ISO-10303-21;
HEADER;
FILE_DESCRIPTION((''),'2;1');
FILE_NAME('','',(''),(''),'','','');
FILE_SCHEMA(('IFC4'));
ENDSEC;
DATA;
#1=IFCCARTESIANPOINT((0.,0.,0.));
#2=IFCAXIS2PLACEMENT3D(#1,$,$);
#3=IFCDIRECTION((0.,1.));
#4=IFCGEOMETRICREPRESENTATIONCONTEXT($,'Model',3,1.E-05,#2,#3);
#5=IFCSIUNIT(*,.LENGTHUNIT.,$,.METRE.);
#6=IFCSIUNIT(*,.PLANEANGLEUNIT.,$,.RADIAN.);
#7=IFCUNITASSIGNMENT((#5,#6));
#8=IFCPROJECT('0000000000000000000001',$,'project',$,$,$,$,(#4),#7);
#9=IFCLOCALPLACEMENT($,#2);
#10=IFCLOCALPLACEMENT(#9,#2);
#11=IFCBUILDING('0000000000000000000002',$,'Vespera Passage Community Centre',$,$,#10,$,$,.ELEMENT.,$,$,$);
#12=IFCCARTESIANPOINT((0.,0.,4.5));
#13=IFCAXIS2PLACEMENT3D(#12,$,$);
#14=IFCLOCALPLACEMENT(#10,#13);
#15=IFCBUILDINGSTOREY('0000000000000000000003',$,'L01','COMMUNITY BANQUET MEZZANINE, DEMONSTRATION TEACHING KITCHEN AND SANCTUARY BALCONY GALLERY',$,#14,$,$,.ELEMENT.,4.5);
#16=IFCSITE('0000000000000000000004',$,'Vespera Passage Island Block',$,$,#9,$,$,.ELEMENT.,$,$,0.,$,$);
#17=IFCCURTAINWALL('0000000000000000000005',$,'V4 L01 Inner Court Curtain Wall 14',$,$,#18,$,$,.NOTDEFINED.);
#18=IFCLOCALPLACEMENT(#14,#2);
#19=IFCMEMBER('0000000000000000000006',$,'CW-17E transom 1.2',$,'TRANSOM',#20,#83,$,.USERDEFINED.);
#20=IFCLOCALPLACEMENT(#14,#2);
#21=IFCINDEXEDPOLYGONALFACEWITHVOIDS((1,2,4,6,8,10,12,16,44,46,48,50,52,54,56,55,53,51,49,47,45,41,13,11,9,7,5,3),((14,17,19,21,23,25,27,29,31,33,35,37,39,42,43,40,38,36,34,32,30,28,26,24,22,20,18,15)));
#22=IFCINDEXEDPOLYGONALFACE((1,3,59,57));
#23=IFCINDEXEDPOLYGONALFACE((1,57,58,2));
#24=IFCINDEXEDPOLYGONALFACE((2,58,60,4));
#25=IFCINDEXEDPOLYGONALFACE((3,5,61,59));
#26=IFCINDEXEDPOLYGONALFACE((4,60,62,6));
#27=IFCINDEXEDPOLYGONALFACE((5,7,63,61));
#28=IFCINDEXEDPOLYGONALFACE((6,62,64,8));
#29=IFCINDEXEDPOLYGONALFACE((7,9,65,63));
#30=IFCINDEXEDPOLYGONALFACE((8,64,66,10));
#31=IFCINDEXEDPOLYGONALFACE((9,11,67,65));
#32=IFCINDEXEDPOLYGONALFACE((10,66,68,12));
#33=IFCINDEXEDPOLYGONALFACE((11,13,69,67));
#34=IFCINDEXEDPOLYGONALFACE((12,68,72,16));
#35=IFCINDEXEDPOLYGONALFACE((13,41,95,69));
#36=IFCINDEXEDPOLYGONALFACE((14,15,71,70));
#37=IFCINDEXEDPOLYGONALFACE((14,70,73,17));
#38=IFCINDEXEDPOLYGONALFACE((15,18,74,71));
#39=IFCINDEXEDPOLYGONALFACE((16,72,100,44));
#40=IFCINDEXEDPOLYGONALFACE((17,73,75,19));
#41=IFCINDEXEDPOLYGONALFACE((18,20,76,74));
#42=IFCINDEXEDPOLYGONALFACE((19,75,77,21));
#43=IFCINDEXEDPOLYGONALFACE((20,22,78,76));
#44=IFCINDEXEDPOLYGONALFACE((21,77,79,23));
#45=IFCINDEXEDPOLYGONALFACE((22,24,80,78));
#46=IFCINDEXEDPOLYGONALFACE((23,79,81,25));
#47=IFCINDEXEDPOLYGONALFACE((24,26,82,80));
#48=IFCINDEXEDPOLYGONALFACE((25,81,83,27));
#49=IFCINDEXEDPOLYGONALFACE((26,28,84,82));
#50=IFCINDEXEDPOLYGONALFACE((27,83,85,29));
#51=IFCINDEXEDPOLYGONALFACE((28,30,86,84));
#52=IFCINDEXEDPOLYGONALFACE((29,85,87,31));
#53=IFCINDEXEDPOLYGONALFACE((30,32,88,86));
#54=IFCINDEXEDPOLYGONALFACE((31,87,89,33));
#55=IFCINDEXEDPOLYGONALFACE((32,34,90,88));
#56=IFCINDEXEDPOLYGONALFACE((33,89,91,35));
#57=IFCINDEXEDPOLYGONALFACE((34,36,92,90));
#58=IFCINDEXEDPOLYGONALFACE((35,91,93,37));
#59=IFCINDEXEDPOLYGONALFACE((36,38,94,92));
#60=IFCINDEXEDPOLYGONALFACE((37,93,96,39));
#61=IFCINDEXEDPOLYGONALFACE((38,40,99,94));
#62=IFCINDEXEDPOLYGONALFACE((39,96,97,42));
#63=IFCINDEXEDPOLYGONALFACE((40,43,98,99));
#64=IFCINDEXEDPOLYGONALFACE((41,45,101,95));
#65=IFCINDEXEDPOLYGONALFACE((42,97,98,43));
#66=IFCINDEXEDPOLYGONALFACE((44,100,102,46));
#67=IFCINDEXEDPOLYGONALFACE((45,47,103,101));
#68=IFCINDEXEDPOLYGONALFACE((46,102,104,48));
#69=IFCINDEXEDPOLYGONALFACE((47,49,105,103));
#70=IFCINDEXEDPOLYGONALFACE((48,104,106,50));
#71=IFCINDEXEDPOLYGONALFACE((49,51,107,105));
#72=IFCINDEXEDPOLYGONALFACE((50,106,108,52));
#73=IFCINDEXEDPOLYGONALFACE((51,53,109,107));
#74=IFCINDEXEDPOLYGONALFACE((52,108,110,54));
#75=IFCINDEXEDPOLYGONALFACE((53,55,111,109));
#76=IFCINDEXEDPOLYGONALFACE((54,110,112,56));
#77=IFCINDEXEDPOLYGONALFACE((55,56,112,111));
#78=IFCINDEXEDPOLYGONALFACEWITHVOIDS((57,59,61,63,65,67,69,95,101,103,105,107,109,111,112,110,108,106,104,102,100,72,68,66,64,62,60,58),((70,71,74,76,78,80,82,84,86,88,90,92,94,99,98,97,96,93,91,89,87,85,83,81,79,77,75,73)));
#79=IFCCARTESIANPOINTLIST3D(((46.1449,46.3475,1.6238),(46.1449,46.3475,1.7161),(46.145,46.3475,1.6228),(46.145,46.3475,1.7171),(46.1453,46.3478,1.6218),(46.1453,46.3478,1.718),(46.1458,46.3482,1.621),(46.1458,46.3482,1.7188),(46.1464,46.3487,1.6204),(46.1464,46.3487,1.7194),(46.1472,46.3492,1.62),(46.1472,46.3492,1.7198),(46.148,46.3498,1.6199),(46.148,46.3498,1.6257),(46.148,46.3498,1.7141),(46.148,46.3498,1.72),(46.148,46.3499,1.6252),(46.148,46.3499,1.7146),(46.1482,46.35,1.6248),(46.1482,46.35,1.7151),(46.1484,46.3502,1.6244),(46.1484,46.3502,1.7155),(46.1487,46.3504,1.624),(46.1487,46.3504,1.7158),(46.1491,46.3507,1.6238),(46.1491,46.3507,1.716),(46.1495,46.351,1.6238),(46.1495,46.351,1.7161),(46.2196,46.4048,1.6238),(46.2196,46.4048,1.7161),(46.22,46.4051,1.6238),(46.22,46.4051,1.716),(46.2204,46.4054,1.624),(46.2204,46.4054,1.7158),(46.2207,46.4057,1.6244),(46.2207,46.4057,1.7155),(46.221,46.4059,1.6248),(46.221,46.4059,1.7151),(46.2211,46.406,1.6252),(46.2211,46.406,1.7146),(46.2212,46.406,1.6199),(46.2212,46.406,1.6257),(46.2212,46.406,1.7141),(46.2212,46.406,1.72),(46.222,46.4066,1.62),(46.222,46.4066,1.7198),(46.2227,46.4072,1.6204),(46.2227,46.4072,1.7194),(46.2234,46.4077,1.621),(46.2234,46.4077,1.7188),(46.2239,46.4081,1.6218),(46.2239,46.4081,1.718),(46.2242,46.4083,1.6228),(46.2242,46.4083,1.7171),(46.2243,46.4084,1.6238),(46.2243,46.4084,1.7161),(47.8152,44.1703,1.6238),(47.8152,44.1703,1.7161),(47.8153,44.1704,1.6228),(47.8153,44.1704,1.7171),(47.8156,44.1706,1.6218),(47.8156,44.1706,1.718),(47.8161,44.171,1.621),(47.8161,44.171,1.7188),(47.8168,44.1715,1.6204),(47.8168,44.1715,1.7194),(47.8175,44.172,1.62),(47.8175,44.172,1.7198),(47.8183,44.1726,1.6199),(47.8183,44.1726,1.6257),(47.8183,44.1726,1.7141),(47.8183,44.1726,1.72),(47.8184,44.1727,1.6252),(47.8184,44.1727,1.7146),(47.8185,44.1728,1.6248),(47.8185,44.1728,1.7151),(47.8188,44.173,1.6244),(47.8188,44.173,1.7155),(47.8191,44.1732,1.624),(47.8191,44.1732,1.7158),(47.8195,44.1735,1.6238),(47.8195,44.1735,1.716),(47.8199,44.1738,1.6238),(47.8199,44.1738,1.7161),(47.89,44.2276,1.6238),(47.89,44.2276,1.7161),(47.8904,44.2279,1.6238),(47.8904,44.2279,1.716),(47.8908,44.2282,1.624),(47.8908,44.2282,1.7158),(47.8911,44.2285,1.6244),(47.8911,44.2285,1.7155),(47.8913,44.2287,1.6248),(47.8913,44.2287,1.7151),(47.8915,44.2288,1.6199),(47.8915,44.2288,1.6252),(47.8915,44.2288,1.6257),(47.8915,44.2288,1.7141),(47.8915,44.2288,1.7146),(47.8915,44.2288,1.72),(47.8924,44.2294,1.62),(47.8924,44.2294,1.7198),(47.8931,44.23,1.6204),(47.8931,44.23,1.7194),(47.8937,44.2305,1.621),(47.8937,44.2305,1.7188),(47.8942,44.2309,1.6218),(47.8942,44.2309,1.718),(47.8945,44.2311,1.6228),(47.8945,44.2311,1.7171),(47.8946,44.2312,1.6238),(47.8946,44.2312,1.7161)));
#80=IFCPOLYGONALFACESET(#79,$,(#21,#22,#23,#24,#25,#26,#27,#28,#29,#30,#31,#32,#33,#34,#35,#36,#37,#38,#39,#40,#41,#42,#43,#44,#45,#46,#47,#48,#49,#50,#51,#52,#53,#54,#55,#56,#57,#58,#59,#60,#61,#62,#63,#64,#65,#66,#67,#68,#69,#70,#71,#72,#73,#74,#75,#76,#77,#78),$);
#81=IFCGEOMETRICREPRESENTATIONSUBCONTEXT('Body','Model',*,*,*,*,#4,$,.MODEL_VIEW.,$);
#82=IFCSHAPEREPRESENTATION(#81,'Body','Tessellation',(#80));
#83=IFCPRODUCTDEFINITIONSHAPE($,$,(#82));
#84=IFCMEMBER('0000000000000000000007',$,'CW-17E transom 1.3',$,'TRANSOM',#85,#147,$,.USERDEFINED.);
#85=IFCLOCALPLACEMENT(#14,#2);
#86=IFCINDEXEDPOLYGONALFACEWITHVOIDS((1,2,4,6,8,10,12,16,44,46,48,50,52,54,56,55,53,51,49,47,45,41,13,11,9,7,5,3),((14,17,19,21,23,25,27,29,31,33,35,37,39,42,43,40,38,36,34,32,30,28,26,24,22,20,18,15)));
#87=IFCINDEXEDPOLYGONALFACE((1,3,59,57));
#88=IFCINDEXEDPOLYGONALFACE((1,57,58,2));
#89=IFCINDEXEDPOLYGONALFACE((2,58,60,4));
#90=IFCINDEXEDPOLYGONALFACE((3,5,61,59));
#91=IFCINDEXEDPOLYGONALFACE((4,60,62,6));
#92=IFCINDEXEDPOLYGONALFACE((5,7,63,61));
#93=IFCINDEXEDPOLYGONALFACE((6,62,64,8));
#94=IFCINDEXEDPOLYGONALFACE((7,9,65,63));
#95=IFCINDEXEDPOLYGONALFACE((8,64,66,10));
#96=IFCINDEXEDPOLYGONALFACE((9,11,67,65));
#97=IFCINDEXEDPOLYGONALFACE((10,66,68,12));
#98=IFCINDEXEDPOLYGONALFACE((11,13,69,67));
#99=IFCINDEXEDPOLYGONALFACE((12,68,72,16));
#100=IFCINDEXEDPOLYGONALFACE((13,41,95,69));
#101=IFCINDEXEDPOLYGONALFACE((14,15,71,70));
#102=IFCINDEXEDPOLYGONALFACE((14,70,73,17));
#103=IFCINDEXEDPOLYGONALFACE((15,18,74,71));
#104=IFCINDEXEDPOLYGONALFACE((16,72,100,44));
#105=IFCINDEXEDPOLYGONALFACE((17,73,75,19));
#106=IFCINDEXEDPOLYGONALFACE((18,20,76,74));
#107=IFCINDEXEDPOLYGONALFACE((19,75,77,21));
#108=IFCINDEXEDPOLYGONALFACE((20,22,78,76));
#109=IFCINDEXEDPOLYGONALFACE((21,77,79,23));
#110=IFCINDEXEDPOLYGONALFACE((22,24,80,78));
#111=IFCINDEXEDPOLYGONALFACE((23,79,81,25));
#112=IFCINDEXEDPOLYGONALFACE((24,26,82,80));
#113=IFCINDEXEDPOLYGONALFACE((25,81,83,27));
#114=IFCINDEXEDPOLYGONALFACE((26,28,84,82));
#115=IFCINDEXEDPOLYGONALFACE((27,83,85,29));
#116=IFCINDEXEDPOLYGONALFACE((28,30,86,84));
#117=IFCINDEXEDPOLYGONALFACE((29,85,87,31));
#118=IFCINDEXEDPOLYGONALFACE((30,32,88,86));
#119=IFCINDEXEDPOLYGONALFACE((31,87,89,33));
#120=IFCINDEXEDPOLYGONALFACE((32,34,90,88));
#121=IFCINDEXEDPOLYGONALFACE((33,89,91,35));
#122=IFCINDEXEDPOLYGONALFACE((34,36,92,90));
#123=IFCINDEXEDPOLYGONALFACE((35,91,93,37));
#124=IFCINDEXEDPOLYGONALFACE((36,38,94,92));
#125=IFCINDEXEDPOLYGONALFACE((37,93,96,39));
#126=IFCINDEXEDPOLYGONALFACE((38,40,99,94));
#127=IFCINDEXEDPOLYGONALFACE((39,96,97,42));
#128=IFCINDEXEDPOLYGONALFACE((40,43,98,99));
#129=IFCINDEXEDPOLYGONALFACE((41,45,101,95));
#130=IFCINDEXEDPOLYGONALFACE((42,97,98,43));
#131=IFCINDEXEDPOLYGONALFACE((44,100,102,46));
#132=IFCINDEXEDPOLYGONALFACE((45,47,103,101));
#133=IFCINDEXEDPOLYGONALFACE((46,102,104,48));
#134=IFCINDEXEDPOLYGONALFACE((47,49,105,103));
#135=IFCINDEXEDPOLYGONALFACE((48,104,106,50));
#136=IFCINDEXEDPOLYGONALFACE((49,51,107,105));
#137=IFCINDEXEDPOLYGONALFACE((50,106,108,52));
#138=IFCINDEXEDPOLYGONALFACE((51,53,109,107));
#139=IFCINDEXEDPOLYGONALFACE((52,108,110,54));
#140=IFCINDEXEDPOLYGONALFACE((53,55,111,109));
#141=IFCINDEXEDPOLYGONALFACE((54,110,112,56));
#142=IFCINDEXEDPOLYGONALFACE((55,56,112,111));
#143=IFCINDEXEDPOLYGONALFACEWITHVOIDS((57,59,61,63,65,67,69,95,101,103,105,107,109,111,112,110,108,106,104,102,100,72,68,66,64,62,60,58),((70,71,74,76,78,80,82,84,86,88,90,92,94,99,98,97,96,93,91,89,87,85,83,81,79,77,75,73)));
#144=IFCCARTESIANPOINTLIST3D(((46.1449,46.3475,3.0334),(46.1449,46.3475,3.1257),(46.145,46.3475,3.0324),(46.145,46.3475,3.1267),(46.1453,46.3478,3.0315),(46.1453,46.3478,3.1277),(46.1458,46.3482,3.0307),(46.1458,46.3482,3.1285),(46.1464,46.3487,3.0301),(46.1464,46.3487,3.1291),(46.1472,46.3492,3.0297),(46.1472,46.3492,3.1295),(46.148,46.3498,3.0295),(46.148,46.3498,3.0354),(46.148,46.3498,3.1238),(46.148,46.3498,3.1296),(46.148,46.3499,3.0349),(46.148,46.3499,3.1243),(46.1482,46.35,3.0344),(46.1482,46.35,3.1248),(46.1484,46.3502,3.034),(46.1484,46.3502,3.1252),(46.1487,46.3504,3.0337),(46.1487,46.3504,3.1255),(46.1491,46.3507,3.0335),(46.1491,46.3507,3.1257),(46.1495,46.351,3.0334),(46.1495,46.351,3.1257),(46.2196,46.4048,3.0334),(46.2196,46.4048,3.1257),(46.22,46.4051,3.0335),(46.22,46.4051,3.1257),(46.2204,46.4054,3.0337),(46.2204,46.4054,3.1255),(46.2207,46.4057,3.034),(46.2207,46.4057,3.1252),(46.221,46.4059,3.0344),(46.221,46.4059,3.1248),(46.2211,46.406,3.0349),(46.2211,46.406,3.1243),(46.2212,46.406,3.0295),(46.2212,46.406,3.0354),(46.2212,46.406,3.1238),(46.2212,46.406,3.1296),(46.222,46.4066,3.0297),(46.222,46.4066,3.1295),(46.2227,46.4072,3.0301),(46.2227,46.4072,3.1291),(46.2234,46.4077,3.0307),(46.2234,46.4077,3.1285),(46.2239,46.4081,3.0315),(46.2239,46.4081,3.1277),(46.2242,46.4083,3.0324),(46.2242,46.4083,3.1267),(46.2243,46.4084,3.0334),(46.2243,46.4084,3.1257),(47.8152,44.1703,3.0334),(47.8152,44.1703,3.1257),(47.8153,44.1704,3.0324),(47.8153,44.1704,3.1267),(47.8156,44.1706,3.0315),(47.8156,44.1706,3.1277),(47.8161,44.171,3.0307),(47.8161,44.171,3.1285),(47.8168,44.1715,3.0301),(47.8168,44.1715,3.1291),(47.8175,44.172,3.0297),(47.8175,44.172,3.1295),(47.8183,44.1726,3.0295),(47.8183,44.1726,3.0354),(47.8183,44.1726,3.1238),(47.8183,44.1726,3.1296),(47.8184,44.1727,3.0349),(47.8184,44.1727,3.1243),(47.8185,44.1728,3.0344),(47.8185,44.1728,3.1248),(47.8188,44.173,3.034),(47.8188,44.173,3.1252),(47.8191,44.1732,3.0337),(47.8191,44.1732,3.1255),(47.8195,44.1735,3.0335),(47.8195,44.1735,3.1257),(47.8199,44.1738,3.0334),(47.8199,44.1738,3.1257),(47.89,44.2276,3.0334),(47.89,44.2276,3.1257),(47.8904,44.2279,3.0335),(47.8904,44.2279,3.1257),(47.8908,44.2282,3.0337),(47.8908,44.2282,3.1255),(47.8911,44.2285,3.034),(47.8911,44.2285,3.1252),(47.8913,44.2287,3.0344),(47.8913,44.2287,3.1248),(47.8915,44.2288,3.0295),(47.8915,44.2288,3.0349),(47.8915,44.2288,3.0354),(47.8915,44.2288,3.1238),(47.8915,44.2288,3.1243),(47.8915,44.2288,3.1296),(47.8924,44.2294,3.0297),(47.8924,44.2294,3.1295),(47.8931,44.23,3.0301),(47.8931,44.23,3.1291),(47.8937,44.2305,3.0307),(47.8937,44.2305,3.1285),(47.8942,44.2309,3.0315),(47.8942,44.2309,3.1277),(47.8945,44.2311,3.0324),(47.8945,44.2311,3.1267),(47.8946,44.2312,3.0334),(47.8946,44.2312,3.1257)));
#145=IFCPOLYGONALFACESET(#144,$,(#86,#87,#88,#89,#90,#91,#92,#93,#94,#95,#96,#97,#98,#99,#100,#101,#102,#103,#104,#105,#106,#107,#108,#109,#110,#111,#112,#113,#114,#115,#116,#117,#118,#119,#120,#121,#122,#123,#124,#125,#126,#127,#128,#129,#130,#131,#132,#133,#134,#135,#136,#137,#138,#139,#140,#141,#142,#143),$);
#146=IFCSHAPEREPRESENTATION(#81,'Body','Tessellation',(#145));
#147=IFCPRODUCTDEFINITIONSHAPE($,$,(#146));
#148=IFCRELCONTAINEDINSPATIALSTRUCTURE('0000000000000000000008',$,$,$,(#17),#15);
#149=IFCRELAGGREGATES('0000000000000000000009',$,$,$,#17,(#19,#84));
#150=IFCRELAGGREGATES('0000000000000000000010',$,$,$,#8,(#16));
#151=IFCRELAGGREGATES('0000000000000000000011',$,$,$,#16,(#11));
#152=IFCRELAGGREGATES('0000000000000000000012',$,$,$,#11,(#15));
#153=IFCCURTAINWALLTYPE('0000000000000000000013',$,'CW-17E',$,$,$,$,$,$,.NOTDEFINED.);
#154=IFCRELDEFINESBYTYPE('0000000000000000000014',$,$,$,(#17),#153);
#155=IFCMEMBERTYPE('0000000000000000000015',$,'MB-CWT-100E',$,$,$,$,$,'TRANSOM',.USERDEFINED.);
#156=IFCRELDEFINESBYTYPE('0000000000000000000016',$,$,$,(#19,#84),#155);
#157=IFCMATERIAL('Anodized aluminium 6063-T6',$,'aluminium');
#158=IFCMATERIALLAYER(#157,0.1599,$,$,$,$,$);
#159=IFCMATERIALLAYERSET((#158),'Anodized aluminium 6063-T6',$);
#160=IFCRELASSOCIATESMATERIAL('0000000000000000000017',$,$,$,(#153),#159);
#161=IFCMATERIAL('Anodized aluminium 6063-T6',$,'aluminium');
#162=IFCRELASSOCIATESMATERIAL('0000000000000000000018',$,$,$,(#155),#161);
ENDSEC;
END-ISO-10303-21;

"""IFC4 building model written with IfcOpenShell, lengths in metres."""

from ifc_helpers import new_model, si_unit, direction, frame, origin, origin_2d, place, context, subcontext, project, spatial, hollow_rectangle, extrude, material, layer, layer_set, material_profile, profile_set, type_object, element, aggregate, save


model = new_model("IFC4")

# Units and contexts
model_context = context("Model", 3, precision=1e-05, world=origin(), true_north=direction((0.0, 1.0)))
body_context = subcontext(model_context, "Body", "Model", "MODEL_VIEW")
ifc_project = project(units=[si_unit("LENGTHUNIT", "METRE"), si_unit("PLANEANGLEUNIT", "RADIAN")], contexts=[model_context])

# Site, building, storey
site_placement = place(None, origin())
site = spatial("IfcSite", under=ifc_project, at=site_placement, Name="Vespera Passage Island Block", CompositionType="ELEMENT", RefElevation=0.0)
building_placement = place(site_placement, origin())
building = spatial("IfcBuilding", under=site, at=building_placement, Name="Vespera Passage Community Centre", CompositionType="ELEMENT")
storey_placement = place(building_placement, frame((0.0, 0.0, 4.5)))
storey = spatial("IfcBuildingStorey", under=building, at=storey_placement, Name="L01", Description="COMMUNITY BANQUET MEZZANINE, DEMONSTRATION TEACHING KITCHEN AND SANCTUARY BALCONY GALLERY", CompositionType="ELEMENT", Elevation=4.5)

# Curtain wall
ifc_material_1 = material(Name="Anodized aluminium 6063-T6", Category="aluminium")
ifc_layer_1 = layer(ifc_material_1, 0.1599)
ifc_layer_set_1 = layer_set([ifc_layer_1], Name="Anodized aluminium 6063-T6")
curtain_wall_type_1 = type_object("IfcCurtainWallType", Name="CW-17E", PredefinedType="NOTDEFINED", material=ifc_layer_set_1)
curtain_wall_1_placement = place(storey_placement, origin())
curtain_wall_1 = element("IfcCurtainWall", 1, at=curtain_wall_1_placement, inside=storey, type_object=curtain_wall_type_1, Name="V4 L01 Inner Court Curtain Wall 14", PredefinedType="NOTDEFINED")

# Members
ifc_material_2 = material(Name="Anodized aluminium 6063-T6", Category="aluminium")
ifc_material_profile_1 = material_profile(ifc_material_2, hollow_rectangle(XDim=0.1001, YDim=0.1001, WallThickness=0.0039, InnerFilletRadius=0.002, OuterFilletRadius=0.0039, at=origin_2d()), Name="ALU100X100X4")
ifc_profile_set_1 = profile_set([ifc_material_profile_1], Name="Anodized aluminium 6063-T6")
member_type_1 = type_object("IfcMemberType", Name="MB-CWT-100E", ElementType="TRANSOM", PredefinedType="USERDEFINED", material=ifc_profile_set_1)
member_1_placement = place(storey_placement, frame((46.1846, 46.3779, 1.6699), z_axis=(0.608704, -0.793397, 0.0), x_axis=(0.793397, 0.608704, 0.0)))
member_1 = element("IfcMember", 2, at=member_1_placement, type_object=member_type_1, Name="CW-17E transom 1.2", ObjectType="TRANSOM", PredefinedType="USERDEFINED", context=body_context, shape_type="SweptSolid", body=[
    extrude(hollow_rectangle(XDim=0.1001, YDim=0.1001, WallThickness=0.0039, InnerFilletRadius=0.002, OuterFilletRadius=0.0039, at=origin_2d()), origin(), (0.0, 0.0, 1.0), 2.7441),
])
member_2_placement = place(storey_placement, frame((46.1846, 46.3779, 3.0796), z_axis=(0.608704, -0.793397, 0.0), x_axis=(0.793397, 0.608704, 0.0)))
member_2 = element("IfcMember", 3, at=member_2_placement, type_object=member_type_1, Name="CW-17E transom 1.3", ObjectType="TRANSOM", PredefinedType="USERDEFINED", context=body_context, shape_type="SweptSolid", body=[
    extrude(hollow_rectangle(XDim=0.1001, YDim=0.1001, WallThickness=0.0039, InnerFilletRadius=0.002, OuterFilletRadius=0.0039, at=origin_2d()), origin(), (0.0, 0.0, 1.0), 2.7441),
])

aggregate(curtain_wall_1, [member_1, member_2])

save(model, "model.ifc")
